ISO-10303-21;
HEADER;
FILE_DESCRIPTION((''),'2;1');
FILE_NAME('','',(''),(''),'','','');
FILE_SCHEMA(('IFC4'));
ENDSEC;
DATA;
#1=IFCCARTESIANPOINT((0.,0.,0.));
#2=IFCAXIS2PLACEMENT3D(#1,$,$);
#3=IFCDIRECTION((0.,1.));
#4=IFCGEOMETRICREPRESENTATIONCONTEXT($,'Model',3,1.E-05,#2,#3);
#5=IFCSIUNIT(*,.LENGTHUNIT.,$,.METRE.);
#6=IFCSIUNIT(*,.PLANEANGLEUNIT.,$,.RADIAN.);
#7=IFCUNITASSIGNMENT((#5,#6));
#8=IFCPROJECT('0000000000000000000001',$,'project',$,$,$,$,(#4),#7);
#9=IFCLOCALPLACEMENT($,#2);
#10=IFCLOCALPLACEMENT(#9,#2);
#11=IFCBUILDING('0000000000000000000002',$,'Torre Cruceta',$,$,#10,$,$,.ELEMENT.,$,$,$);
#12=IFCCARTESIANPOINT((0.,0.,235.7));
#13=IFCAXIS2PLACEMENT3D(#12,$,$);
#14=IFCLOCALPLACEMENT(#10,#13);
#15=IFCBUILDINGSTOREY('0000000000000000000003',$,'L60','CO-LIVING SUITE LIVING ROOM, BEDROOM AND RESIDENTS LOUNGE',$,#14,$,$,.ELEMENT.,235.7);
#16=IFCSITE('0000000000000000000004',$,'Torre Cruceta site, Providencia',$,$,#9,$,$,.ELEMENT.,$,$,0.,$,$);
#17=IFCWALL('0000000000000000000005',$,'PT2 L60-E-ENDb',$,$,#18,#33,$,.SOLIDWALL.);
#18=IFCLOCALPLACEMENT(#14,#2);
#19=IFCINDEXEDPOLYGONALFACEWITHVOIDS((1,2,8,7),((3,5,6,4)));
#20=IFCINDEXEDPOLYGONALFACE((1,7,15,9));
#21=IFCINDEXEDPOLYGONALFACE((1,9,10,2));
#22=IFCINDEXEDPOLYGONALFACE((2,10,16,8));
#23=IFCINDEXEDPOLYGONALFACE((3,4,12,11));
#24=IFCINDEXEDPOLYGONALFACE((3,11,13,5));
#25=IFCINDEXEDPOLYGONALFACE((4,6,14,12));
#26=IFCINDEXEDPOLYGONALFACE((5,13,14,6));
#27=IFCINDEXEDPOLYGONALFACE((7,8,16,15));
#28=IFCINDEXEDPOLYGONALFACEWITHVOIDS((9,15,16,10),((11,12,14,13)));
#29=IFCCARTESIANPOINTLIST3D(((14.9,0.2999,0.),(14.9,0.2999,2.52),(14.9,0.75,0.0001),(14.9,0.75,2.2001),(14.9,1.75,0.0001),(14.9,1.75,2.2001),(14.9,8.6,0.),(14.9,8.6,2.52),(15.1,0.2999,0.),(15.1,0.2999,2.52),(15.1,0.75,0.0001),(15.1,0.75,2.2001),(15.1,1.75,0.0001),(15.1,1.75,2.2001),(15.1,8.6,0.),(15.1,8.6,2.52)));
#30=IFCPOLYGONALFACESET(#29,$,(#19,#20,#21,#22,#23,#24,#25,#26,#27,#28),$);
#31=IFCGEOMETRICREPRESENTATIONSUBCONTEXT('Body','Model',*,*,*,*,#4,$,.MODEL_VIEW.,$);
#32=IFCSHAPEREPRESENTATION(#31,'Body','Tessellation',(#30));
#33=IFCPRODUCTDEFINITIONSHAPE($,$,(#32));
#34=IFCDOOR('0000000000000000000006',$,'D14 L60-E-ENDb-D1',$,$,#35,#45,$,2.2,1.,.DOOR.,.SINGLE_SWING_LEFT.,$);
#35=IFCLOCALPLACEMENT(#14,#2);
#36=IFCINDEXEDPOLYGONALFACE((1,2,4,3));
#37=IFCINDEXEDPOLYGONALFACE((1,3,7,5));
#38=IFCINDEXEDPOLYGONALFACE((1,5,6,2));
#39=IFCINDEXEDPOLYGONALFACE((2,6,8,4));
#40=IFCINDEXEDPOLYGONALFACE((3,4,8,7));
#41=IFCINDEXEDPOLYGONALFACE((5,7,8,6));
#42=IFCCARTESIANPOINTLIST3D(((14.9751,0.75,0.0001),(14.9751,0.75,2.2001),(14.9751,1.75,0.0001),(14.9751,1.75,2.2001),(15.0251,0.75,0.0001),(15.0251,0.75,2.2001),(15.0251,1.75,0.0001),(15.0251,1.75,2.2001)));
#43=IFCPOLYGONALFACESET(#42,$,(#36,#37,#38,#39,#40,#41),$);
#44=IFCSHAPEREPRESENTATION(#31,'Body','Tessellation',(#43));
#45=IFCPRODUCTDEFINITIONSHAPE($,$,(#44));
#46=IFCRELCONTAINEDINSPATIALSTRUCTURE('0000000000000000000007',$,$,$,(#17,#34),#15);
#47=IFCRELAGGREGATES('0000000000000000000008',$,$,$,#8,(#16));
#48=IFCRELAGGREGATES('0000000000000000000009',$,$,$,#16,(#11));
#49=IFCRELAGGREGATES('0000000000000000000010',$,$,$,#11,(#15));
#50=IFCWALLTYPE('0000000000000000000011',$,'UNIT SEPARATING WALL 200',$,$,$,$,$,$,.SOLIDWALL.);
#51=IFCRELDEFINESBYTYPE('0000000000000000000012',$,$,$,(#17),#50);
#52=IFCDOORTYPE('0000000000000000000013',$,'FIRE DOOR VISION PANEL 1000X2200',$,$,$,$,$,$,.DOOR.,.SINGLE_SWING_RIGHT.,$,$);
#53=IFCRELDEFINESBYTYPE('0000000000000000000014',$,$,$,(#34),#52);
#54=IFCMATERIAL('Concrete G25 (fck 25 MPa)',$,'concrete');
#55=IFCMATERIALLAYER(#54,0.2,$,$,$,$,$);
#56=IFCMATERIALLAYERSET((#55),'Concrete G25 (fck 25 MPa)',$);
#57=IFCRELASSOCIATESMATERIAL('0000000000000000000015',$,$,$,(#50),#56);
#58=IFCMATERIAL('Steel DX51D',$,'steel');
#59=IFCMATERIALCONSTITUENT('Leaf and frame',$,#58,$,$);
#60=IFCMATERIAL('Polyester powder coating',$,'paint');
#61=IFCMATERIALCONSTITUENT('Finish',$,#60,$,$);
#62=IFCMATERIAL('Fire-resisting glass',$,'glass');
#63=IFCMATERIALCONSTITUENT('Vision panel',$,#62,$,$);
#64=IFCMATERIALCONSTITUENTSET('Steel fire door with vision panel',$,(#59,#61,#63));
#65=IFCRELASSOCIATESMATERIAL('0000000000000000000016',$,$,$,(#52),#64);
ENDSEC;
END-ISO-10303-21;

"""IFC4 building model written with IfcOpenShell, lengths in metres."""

from ifc_helpers import new_model, si_unit, direction, frame, frame_2d, origin, place, context, subcontext, project, spatial, rectangle, extrude, material, layer, layer_set, constituent, constituent_set, type_object, element, fill, save


model = new_model("IFC4")

# Units and contexts
model_context = context("Model", 3, precision=1e-05, world=origin(), true_north=direction((0.0, 1.0)))
body_context = subcontext(model_context, "Body", "Model", "MODEL_VIEW")
ifc_project = project(units=[si_unit("LENGTHUNIT", "METRE"), si_unit("PLANEANGLEUNIT", "RADIAN")], contexts=[model_context])

# Site, building, storey
site_placement = place(None, origin())
site = spatial("IfcSite", under=ifc_project, at=site_placement, Name="Torre Cruceta site, Providencia", CompositionType="ELEMENT", RefElevation=0.0)
building_placement = place(site_placement, origin())
building = spatial("IfcBuilding", under=site, at=building_placement, Name="Torre Cruceta", CompositionType="ELEMENT")
storey_placement = place(building_placement, frame((0.0, 0.0, 235.7)))
storey = spatial("IfcBuildingStorey", under=building, at=storey_placement, Name="L60", Description="CO-LIVING SUITE LIVING ROOM, BEDROOM AND RESIDENTS LOUNGE", CompositionType="ELEMENT", Elevation=235.7)

# Wall, opening, door
ifc_material_1 = material(Name="Concrete G25 (fck 25 MPa)", Category="concrete")
ifc_layer_1 = layer(ifc_material_1, 0.2)
ifc_layer_set_1 = layer_set([ifc_layer_1], Name="Concrete G25 (fck 25 MPa)")
wall_type_1 = type_object("IfcWallType", Name="UNIT SEPARATING WALL 200", PredefinedType="SOLIDWALL", material=ifc_layer_set_1)
wall_1_placement = place(storey_placement, frame((15.0, 0.3, 0.0), z_axis=(0.0, 0.0, 1.0), x_axis=(0.0, 1.0, 0.0)))
wall_1 = element("IfcWall", 1, at=wall_1_placement, inside=storey, type_object=wall_type_1, Name="PT2 L60-E-ENDb", PredefinedType="SOLIDWALL", context=body_context, shape_type="SweptSolid", body=[
    extrude(rectangle(XDim=8.3, YDim=0.2, at=frame_2d((4.1499, 0.0))), origin(), (0.0, 0.0, 1.0), 2.52),
])
opening_1_placement = place(wall_1_placement, frame((0.45, 0.0, 0.0)))
opening_1 = element("IfcOpeningElement", 2, at=opening_1_placement, cuts=wall_1, PredefinedType="OPENING", context=body_context, shape_type="SweptSolid", body=[
    extrude(rectangle(XDim=1.0, YDim=2.2, at=frame_2d((0.5, 1.1001))), frame((0.0, 0.1099, 0.0), z_axis=(0.0, -1.0, 0.0), x_axis=(1.0, 0.0, 0.0)), (0.0, 0.0, 1.0), 0.22),
])
ifc_material_2 = material(Name="Steel DX51D", Category="steel")
ifc_constituent_1 = constituent(ifc_material_2, Name="Leaf and frame")
ifc_material_3 = material(Name="Polyester powder coating", Category="paint")
ifc_constituent_2 = constituent(ifc_material_3, Name="Finish")
ifc_material_4 = material(Name="Fire-resisting glass", Category="glass")
ifc_constituent_3 = constituent(ifc_material_4, Name="Vision panel")
ifc_constituent_set_1 = constituent_set(constituents=[ifc_constituent_1, ifc_constituent_2, ifc_constituent_3], Name="Steel fire door with vision panel")
door_type_1 = type_object("IfcDoorType", Name="FIRE DOOR VISION PANEL 1000X2200", OperationType="SINGLE_SWING_RIGHT", PredefinedType="DOOR", material=ifc_constituent_set_1)
door_1_placement = place(opening_1_placement, frame((1.0, 0.0, 0.0), z_axis=(0.0, 0.0, 1.0), x_axis=(-1.0, 0.0, 0.0)))
door_1 = element("IfcDoor", 3, at=door_1_placement, inside=storey, type_object=door_type_1, Name="D14 L60-E-ENDb-D1", OperationType="SINGLE_SWING_LEFT", OverallHeight=2.2, OverallWidth=1.0, PredefinedType="DOOR", context=body_context, shape_type="SweptSolid", body=[
    extrude(rectangle(XDim=1.0, YDim=2.2, at=frame_2d((0.5, 1.1001))), frame((0.0, 0.0251, 0.0), z_axis=(0.0, -1.0, 0.0), x_axis=(1.0, 0.0, 0.0)), (0.0, 0.0, 1.0), 0.05),
])
fill(opening_1, door_1)

save(model, "model.ifc")
